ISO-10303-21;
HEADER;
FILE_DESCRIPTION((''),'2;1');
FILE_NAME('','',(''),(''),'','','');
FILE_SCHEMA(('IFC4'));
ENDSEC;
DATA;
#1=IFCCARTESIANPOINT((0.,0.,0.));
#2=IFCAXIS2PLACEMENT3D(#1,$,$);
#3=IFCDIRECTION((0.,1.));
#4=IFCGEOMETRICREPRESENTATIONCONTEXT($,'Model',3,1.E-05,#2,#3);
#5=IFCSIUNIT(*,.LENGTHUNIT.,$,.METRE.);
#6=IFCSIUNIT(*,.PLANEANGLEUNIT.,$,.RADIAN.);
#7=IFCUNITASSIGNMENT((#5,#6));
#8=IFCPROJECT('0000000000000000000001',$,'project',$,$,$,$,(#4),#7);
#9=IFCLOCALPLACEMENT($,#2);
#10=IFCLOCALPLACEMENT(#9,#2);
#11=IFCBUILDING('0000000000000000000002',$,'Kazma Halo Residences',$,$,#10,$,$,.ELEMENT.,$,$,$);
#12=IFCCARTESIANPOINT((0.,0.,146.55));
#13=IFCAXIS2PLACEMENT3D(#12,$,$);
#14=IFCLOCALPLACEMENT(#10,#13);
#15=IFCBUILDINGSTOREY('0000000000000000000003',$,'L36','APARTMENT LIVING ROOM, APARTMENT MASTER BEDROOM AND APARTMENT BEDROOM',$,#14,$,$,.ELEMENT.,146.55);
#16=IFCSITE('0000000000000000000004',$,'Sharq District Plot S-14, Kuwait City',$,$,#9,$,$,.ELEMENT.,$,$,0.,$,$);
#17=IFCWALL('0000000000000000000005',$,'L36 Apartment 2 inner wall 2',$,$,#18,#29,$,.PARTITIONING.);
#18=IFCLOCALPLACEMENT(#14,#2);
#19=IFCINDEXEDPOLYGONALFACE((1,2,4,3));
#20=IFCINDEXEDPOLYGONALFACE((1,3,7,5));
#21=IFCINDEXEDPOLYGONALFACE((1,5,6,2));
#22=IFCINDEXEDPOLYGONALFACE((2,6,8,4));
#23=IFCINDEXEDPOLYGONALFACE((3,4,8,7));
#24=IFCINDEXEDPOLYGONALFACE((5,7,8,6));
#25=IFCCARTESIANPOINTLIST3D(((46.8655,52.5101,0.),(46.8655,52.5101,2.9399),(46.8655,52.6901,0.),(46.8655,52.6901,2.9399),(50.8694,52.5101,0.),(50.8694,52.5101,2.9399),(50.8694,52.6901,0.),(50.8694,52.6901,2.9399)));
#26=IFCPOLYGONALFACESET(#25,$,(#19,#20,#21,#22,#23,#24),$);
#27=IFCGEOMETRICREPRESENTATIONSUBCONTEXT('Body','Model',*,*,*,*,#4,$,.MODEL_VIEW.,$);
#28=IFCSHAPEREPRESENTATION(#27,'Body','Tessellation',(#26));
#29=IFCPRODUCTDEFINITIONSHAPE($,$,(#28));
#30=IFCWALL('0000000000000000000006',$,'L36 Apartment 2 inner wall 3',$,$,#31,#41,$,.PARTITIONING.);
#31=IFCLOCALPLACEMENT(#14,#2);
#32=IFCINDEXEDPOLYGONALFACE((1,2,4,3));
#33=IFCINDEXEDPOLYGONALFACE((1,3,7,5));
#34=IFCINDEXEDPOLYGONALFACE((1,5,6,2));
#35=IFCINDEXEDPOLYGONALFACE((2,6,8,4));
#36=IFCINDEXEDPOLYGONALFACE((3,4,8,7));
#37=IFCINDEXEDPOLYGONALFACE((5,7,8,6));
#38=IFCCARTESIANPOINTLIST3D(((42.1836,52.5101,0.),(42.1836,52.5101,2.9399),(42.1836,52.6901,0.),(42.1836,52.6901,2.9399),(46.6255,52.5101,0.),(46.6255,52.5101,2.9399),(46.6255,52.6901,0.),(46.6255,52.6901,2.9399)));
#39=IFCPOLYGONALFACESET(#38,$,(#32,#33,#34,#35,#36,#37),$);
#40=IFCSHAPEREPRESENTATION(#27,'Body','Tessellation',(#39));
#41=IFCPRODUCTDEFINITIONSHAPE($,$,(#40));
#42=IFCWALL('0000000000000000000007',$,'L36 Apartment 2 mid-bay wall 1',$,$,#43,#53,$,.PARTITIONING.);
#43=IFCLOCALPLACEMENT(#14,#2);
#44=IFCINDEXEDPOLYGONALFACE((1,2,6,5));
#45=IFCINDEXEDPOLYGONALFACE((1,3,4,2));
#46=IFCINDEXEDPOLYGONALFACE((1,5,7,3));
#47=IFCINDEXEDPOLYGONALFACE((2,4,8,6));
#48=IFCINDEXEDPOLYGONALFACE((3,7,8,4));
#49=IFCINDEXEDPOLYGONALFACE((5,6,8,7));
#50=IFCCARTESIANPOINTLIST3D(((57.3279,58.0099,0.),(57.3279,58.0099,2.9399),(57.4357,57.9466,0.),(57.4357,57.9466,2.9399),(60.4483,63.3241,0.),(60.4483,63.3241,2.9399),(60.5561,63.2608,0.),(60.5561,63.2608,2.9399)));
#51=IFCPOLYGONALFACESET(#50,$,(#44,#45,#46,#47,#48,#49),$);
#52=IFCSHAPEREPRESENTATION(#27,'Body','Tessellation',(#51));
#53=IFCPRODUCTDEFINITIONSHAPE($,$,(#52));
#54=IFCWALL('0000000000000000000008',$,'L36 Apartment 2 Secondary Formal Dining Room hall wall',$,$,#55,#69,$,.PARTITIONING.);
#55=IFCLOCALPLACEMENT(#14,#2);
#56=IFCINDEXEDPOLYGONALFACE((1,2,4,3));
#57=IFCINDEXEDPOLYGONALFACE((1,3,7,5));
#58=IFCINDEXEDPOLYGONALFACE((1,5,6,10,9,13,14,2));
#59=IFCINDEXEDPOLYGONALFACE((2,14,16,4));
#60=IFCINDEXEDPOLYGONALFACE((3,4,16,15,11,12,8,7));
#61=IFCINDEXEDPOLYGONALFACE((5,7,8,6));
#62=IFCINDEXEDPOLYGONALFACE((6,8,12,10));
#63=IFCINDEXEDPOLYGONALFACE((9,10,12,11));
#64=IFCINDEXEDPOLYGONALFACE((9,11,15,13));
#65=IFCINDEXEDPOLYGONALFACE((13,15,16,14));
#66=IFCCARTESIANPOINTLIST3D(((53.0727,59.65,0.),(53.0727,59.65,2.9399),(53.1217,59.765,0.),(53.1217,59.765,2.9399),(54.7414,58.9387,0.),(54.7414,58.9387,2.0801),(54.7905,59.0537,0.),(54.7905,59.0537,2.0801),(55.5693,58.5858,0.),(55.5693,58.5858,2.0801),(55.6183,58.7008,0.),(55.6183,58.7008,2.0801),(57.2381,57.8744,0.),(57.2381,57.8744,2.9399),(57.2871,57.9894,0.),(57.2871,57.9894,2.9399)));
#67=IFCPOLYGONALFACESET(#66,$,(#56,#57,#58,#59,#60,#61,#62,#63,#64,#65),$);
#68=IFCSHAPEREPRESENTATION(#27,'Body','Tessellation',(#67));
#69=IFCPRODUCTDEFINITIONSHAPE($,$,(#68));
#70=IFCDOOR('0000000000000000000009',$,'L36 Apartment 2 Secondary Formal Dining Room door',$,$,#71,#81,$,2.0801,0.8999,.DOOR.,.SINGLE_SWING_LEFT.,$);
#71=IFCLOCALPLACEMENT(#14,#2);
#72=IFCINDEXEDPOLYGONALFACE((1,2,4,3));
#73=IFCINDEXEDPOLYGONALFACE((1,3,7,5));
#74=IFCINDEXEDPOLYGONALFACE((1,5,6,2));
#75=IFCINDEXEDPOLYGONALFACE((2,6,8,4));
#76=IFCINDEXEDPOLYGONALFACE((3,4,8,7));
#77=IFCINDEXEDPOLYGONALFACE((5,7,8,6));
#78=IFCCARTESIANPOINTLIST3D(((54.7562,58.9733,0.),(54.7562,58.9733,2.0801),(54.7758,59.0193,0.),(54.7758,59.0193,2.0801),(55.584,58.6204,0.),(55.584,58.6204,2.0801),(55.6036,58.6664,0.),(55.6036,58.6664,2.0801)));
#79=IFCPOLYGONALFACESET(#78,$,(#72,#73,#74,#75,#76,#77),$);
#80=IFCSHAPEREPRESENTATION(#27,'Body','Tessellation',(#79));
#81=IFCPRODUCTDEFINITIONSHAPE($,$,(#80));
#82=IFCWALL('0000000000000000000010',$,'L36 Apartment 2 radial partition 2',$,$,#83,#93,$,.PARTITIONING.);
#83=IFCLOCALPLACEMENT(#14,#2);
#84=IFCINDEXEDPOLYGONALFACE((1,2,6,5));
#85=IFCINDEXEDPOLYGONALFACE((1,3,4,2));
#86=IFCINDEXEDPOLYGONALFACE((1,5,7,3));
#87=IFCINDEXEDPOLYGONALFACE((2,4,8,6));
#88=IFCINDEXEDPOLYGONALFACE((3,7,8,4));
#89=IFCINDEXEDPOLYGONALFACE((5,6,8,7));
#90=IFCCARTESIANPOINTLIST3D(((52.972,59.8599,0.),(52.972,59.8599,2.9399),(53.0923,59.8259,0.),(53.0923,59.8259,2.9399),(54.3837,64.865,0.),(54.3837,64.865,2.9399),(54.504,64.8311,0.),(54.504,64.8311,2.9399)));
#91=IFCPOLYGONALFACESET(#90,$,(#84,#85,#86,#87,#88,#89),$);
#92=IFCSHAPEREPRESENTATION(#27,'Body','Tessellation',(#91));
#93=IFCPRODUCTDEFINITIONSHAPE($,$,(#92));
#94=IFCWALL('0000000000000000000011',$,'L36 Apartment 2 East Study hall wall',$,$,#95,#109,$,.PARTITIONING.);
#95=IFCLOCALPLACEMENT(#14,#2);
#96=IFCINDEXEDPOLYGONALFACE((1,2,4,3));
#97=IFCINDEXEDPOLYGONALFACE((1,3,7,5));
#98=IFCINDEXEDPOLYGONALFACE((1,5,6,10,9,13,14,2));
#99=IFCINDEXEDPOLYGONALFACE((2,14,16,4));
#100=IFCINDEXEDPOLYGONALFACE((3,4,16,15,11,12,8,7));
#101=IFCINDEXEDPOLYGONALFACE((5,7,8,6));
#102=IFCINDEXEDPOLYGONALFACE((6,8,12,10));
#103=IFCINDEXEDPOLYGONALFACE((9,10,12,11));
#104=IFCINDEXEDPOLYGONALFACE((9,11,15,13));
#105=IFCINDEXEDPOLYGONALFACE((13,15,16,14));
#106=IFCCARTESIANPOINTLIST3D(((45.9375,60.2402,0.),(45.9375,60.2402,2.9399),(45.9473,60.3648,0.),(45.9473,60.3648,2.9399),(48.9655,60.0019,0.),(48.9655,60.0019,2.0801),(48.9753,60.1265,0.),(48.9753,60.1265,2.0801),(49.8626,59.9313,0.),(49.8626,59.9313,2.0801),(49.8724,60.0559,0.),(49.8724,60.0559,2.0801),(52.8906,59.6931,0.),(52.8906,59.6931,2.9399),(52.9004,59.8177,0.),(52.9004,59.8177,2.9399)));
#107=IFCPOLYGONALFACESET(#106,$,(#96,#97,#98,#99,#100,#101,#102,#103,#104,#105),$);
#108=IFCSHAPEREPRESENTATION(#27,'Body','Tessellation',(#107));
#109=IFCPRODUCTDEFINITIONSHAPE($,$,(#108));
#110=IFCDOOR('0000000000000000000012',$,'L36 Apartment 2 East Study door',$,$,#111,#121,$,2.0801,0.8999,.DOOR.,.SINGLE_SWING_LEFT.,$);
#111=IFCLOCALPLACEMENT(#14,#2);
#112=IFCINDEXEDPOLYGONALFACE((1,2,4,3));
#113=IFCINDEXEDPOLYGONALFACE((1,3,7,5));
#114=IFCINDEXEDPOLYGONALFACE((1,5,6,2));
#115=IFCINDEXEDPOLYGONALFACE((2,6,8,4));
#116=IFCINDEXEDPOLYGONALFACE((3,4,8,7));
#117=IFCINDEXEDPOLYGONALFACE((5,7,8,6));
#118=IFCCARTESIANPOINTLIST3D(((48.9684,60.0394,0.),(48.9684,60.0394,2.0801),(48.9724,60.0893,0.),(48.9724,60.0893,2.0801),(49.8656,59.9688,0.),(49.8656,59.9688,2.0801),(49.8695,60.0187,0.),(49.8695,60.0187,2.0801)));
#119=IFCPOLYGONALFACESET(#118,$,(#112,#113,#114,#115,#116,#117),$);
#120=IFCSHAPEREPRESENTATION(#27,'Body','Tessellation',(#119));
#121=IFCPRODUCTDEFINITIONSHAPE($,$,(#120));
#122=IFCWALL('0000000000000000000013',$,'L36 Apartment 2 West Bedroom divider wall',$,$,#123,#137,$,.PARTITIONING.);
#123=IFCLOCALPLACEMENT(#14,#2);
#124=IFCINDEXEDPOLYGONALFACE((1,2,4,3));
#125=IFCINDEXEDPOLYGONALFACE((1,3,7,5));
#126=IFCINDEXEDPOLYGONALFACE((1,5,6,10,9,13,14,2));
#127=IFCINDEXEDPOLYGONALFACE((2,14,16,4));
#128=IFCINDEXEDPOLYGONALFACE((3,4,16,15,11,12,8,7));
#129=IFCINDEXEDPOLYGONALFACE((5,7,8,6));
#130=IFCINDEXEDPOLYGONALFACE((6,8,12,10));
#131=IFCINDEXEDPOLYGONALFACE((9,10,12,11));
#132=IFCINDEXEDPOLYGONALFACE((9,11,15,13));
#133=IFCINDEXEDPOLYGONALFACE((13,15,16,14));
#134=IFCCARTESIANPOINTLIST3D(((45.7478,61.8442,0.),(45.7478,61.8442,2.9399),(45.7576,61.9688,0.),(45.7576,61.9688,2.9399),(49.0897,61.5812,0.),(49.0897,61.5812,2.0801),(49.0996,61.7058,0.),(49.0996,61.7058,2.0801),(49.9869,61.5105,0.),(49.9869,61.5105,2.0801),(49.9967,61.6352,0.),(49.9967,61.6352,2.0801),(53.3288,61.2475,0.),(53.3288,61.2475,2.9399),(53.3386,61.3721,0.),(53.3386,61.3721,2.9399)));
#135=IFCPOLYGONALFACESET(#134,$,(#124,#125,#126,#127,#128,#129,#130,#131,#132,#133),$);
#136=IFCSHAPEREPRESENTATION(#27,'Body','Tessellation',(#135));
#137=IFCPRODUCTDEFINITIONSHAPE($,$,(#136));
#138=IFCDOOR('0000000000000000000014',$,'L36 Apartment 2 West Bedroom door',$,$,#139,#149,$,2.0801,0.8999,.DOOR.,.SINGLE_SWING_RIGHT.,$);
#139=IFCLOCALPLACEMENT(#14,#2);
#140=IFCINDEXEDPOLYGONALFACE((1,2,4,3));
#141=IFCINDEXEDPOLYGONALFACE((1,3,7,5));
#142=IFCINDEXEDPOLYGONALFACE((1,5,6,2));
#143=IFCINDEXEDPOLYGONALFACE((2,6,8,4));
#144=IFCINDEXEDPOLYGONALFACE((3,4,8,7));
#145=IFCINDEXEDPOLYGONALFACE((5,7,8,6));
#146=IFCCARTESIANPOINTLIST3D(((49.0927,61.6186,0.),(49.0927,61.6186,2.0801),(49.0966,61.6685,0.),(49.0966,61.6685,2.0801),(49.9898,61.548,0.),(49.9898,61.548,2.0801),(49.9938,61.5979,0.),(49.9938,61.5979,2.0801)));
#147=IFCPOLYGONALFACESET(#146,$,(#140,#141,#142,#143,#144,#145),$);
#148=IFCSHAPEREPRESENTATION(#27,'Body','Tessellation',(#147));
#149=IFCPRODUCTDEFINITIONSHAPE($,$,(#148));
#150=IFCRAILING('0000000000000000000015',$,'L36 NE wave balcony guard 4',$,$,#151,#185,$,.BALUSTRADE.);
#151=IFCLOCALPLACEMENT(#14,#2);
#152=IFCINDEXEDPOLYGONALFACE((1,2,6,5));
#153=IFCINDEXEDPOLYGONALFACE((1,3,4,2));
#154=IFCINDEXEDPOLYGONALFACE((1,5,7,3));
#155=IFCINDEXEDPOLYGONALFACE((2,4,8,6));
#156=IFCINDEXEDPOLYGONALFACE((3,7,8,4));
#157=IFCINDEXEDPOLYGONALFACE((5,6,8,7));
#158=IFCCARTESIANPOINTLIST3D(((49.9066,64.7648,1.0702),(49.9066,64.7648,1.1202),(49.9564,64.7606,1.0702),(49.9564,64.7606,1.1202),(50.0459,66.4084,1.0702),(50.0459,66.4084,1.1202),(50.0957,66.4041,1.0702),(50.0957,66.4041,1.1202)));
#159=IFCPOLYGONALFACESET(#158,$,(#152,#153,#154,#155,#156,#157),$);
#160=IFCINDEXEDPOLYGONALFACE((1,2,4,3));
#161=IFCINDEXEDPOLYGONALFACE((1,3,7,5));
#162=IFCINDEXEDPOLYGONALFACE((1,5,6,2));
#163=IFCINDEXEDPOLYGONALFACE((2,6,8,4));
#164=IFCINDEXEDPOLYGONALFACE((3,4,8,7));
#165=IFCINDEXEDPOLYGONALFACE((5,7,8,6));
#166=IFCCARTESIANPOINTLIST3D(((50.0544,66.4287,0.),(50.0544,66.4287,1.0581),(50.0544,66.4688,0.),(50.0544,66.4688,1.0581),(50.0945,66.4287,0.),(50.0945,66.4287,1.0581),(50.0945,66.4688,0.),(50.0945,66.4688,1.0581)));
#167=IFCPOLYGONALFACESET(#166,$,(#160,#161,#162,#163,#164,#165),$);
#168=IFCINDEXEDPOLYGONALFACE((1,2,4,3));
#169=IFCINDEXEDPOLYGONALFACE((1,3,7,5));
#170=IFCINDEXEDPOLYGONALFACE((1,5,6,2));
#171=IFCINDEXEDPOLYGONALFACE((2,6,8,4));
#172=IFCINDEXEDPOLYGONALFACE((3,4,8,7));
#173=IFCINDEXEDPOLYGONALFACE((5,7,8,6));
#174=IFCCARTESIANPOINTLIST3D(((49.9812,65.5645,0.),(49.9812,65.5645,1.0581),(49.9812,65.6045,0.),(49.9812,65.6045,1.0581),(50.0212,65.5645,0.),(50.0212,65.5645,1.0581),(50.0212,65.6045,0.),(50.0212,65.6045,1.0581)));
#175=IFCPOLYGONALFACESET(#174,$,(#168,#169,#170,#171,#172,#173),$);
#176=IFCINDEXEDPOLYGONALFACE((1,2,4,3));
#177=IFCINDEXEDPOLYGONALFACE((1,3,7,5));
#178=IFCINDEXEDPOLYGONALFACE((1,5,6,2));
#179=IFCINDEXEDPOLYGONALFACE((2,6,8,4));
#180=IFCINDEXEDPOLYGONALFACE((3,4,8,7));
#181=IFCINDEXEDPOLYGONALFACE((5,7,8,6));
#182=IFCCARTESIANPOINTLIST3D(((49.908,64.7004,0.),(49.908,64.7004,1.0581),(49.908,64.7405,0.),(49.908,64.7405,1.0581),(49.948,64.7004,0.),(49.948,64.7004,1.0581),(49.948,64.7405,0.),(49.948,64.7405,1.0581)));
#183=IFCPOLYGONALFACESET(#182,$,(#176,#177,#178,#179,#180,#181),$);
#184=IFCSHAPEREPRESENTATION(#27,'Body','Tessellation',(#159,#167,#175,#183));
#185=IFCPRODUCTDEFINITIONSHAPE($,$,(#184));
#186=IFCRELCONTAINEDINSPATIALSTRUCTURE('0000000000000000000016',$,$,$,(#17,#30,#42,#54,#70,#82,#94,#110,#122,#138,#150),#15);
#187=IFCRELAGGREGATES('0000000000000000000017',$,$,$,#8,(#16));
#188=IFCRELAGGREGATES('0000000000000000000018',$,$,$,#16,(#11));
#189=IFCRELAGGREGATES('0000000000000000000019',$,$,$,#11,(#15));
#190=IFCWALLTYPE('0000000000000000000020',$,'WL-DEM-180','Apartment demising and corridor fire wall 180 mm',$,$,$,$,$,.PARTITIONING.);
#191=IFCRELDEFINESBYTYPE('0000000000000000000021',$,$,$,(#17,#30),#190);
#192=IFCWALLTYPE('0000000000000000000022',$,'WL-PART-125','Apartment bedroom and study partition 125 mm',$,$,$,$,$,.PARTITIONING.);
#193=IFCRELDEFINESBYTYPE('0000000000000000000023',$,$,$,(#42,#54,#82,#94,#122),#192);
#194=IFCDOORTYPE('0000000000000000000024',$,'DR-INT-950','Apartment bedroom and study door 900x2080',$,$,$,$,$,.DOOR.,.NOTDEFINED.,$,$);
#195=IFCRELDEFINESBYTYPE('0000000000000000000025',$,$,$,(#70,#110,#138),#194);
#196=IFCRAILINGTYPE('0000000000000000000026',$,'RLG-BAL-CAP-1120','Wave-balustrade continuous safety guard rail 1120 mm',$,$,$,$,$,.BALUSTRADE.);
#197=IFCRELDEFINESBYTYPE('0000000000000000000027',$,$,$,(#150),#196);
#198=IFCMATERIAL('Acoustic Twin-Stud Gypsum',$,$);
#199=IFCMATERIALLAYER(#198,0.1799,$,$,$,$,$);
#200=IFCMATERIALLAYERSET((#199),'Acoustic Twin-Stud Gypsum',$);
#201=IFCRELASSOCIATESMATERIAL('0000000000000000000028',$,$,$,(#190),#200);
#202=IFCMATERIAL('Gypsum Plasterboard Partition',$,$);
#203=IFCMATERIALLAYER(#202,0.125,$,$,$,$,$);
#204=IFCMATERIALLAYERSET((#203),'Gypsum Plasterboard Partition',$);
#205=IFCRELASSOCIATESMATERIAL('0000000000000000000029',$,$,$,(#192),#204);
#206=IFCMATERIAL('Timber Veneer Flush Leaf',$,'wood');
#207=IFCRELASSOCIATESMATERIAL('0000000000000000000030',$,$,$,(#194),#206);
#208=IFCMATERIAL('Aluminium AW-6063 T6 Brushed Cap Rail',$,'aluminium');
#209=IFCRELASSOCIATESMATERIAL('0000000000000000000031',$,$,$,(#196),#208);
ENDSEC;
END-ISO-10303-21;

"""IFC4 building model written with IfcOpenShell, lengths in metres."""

from ifc_helpers import new_model, si_unit, direction, frame, frame_2d, origin, origin_2d, place, context, subcontext, project, spatial, rectangle, extrude, material, layer, layer_set, type_object, element, fill, save


model = new_model("IFC4")

# Units and contexts
model_context = context("Model", 3, precision=1e-05, world=origin(), true_north=direction((0.0, 1.0)))
body_context = subcontext(model_context, "Body", "Model", "MODEL_VIEW")
ifc_project = project(units=[si_unit("LENGTHUNIT", "METRE"), si_unit("PLANEANGLEUNIT", "RADIAN")], contexts=[model_context])

# Site, building, storey
site_placement = place(None, origin())
site = spatial("IfcSite", under=ifc_project, at=site_placement, Name="Sharq District Plot S-14, Kuwait City", CompositionType="ELEMENT", RefElevation=0.0)
building_placement = place(site_placement, origin())
building = spatial("IfcBuilding", under=site, at=building_placement, Name="Kazma Halo Residences", CompositionType="ELEMENT")
storey_placement = place(building_placement, frame((0.0, 0.0, 146.55)))
storey = spatial("IfcBuildingStorey", under=building, at=storey_placement, Name="L36", Description="APARTMENT LIVING ROOM, APARTMENT MASTER BEDROOM AND APARTMENT BEDROOM", CompositionType="ELEMENT", Elevation=146.55)

# Walls
ifc_material_1 = material(Name="Acoustic Twin-Stud Gypsum")
ifc_layer_1 = layer(ifc_material_1, 0.1799)
ifc_layer_set_1 = layer_set([ifc_layer_1], Name="Acoustic Twin-Stud Gypsum")
wall_type_1 = type_object("IfcWallType", Name="WL-DEM-180", Description="Apartment demising and corridor fire wall 180 mm", PredefinedType="PARTITIONING", material=ifc_layer_set_1)
wall_1_placement = place(storey_placement, frame((50.8694, 52.6001, 0.0), z_axis=(0.0, 0.0, 1.0), x_axis=(-1.0, 0.0, 0.0)))
element("IfcWall", 1, at=wall_1_placement, inside=storey, type_object=wall_type_1, Name="L36 Apartment 2 inner wall 2", PredefinedType="PARTITIONING", context=body_context, shape_type="SweptSolid", body=[
    extrude(rectangle(XDim=4.0039, YDim=0.1799, at=frame_2d((2.002, 0.0))), origin(), (0.0, 0.0, 1.0), 2.9399),
])
wall_2_placement = place(storey_placement, frame((46.6255, 52.6001, 0.0), z_axis=(0.0, 0.0, 1.0), x_axis=(-1.0, 0.0, 0.0)))
element("IfcWall", 2, at=wall_2_placement, inside=storey, type_object=wall_type_1, Name="L36 Apartment 2 inner wall 3", PredefinedType="PARTITIONING", context=body_context, shape_type="SweptSolid", body=[
    extrude(rectangle(XDim=4.4419, YDim=0.1799, at=frame_2d((2.2209, 0.0))), origin(), (0.0, 0.0, 1.0), 2.9399),
])
ifc_material_2 = material(Name="Gypsum Plasterboard Partition")
ifc_layer_2 = layer(ifc_material_2, 0.125)
ifc_layer_set_2 = layer_set([ifc_layer_2], Name="Gypsum Plasterboard Partition")
wall_type_2 = type_object("IfcWallType", Name="WL-PART-125", Description="Apartment bedroom and study partition 125 mm", PredefinedType="PARTITIONING", material=ifc_layer_set_2)
wall_3_placement = place(storey_placement, frame((57.3818, 57.9783, 0.0), z_axis=(0.0, 0.0, 1.0), x_axis=(0.50634, 0.862334, 0.0)))
element("IfcWall", 3, at=wall_3_placement, inside=storey, type_object=wall_type_2, Name="L36 Apartment 2 mid-bay wall 1", PredefinedType="PARTITIONING", context=body_context, shape_type="SweptSolid", body=[
    extrude(rectangle(XDim=6.1626, YDim=0.125, at=frame_2d((3.0813, 0.0))), origin(), (0.0, 0.0, 1.0), 2.9399),
])

# Wall, opening, door
wall_4_placement = place(storey_placement, frame((57.2627, 57.9319, 0.0), z_axis=(0.0, 0.0, 1.0), x_axis=(-0.91991, 0.392129, 0.0)))
wall_4 = element("IfcWall", 4, at=wall_4_placement, inside=storey, type_object=wall_type_2, Name="L36 Apartment 2 Secondary Formal Dining Room hall wall", PredefinedType="PARTITIONING", context=body_context, shape_type="SweptSolid", body=[
    extrude(rectangle(XDim=4.5281, YDim=0.125, at=frame_2d((2.2642, 0.0))), origin(), (0.0, 0.0, 1.0), 2.9399),
])
opening_1_placement = place(wall_4_placement, frame((1.8142, 0.0, 0.0)))
opening_1 = element("IfcOpeningElement", 5, at=opening_1_placement, cuts=wall_4, PredefinedType="OPENING", context=body_context, shape_type="SweptSolid", body=[
    extrude(rectangle(XDim=0.8999, YDim=2.0801, at=frame_2d((0.45, 1.04))), frame((0.0, 0.0725, 0.0), z_axis=(0.0, -1.0, 0.0), x_axis=(1.0, 0.0, 0.0)), (0.0, 0.0, 1.0), 0.145),
])
ifc_material_3 = material(Name="Timber Veneer Flush Leaf", Category="wood")
door_type = type_object("IfcDoorType", Name="DR-INT-950", Description="Apartment bedroom and study door 900x2080", OperationType="NOTDEFINED", PredefinedType="DOOR", material=ifc_material_3)
door_1_placement = place(opening_1_placement, origin())
door_1 = element("IfcDoor", 6, at=door_1_placement, inside=storey, type_object=door_type, Name="L36 Apartment 2 Secondary Formal Dining Room door", OperationType="SINGLE_SWING_LEFT", OverallHeight=2.0801, OverallWidth=0.8999, PredefinedType="DOOR", context=body_context, shape_type="SweptSolid", body=[
    extrude(rectangle(XDim=0.8999, YDim=2.0801, at=frame_2d((0.45, 1.04))), frame((0.0, 0.0249, 0.0), z_axis=(0.0, -1.0, 0.0), x_axis=(1.0, 0.0, 0.0)), (0.0, 0.0, 1.0), 0.05),
])
fill(opening_1, door_1)

# Wall
wall_5_placement = place(storey_placement, frame((53.0322, 59.843, 0.0), z_axis=(0.0, 0.0, 1.0), x_axis=(0.271446, 0.962454, 0.0)))
element("IfcWall", 7, at=wall_5_placement, inside=storey, type_object=wall_type_2, Name="L36 Apartment 2 radial partition 2", PredefinedType="PARTITIONING", context=body_context, shape_type="SweptSolid", body=[
    extrude(rectangle(XDim=5.2004, YDim=0.125, at=frame_2d((2.6001, 0.0))), origin(), (0.0, 0.0, 1.0), 2.9399),
])

# Walls, openings, doors
wall_6_placement = place(storey_placement, frame((52.8955, 59.7554, 0.0), z_axis=(0.0, 0.0, 1.0), x_axis=(-0.996918, 0.078444, 0.0)))
wall_6 = element("IfcWall", 8, at=wall_6_placement, inside=storey, type_object=wall_type_2, Name="L36 Apartment 2 East Study hall wall", PredefinedType="PARTITIONING", context=body_context, shape_type="SweptSolid", body=[
    extrude(rectangle(XDim=6.9746, YDim=0.125, at=frame_2d((3.4873, 0.0))), origin(), (0.0, 0.0, 1.0), 2.9399),
])
opening_2_placement = place(wall_6_placement, frame((3.0374, 0.0, 0.0)))
opening_2 = element("IfcOpeningElement", 9, at=opening_2_placement, cuts=wall_6, PredefinedType="OPENING", context=body_context, shape_type="SweptSolid", body=[
    extrude(rectangle(XDim=0.8999, YDim=2.0801, at=frame_2d((0.45, 1.04))), frame((0.0, 0.0725, 0.0), z_axis=(0.0, -1.0, 0.0), x_axis=(1.0, 0.0, 0.0)), (0.0, 0.0, 1.0), 0.145),
])
door_2_placement = place(opening_2_placement, origin())
door_2 = element("IfcDoor", 10, at=door_2_placement, inside=storey, type_object=door_type, Name="L36 Apartment 2 East Study door", OperationType="SINGLE_SWING_LEFT", OverallHeight=2.0801, OverallWidth=0.8999, PredefinedType="DOOR", context=body_context, shape_type="SweptSolid", body=[
    extrude(rectangle(XDim=0.8999, YDim=2.0801, at=frame_2d((0.45, 1.04))), frame((0.0, 0.0249, 0.0), z_axis=(0.0, -1.0, 0.0), x_axis=(1.0, 0.0, 0.0)), (0.0, 0.0, 1.0), 0.05),
])
fill(opening_2, door_2)
wall_7_placement = place(storey_placement, frame((53.3337, 61.3098, 0.0), z_axis=(0.0, 0.0, 1.0), x_axis=(-0.996917, 0.078464, 0.0)))
wall_7 = element("IfcWall", 11, at=wall_7_placement, inside=storey, type_object=wall_type_2, Name="L36 Apartment 2 West Bedroom divider wall", PredefinedType="PARTITIONING", context=body_context, shape_type="SweptSolid", body=[
    extrude(rectangle(XDim=7.6045, YDim=0.125, at=frame_2d((3.8022, 0.0))), origin(), (0.0, 0.0, 1.0), 2.9399),
])
opening_3_placement = place(wall_7_placement, frame((3.3523, 0.0, 0.0)))
opening_3 = element("IfcOpeningElement", 12, at=opening_3_placement, cuts=wall_7, PredefinedType="OPENING", context=body_context, shape_type="SweptSolid", body=[
    extrude(rectangle(XDim=0.8999, YDim=2.0801, at=frame_2d((0.45, 1.04))), frame((0.0, 0.0725, 0.0), z_axis=(0.0, -1.0, 0.0), x_axis=(1.0, 0.0, 0.0)), (0.0, 0.0, 1.0), 0.145),
])
door_3_placement = place(opening_3_placement, origin())
door_3 = element("IfcDoor", 13, at=door_3_placement, inside=storey, type_object=door_type, Name="L36 Apartment 2 West Bedroom door", OperationType="SINGLE_SWING_RIGHT", OverallHeight=2.0801, OverallWidth=0.8999, PredefinedType="DOOR", context=body_context, shape_type="SweptSolid", body=[
    extrude(rectangle(XDim=0.8999, YDim=2.0801, at=frame_2d((0.45, 1.04))), frame((0.0, 0.0249, 0.0), z_axis=(0.0, -1.0, 0.0), x_axis=(1.0, 0.0, 0.0)), (0.0, 0.0, 1.0), 0.05),
])
fill(opening_3, door_3)

# Railing
ifc_material_4 = material(Name="Aluminium AW-6063 T6 Brushed Cap Rail", Category="aluminium")
railing_type = type_object("IfcRailingType", Name="RLG-BAL-CAP-1120", Description="Wave-balustrade continuous safety guard rail 1120 mm", PredefinedType="BALUSTRADE", material=ifc_material_4)
railing_1_placement = place(storey_placement, frame((50.0745, 66.4487, 0.0)))
element("IfcRailing", 14, at=railing_1_placement, inside=storey, type_object=railing_type, Name="L36 NE wave balcony guard 4", PredefinedType="BALUSTRADE", context=body_context, shape_type="SweptSolid", body=[
    extrude(rectangle(XDim=0.05, YDim=0.05, at=origin_2d()), frame((-0.0037, -0.0425, 1.0952), z_axis=(-0.084455, -0.996427, 0.0), x_axis=(0.996427, -0.084455, 0.0)), (0.0, 0.0, 1.0), 1.6494),
    extrude(rectangle(XDim=0.04, YDim=0.04, at=origin_2d()), origin(), (0.0, 0.0, 1.0), 1.0581),
    extrude(rectangle(XDim=0.04, YDim=0.04, at=origin_2d()), frame((-0.0732, -0.8643, 0.0)), (0.0, 0.0, 1.0), 1.0581),
    extrude(rectangle(XDim=0.04, YDim=0.04, at=origin_2d()), frame((-0.1465, -1.7283, 0.0)), (0.0, 0.0, 1.0), 1.0581),
])

save(model, "model.ifc")
